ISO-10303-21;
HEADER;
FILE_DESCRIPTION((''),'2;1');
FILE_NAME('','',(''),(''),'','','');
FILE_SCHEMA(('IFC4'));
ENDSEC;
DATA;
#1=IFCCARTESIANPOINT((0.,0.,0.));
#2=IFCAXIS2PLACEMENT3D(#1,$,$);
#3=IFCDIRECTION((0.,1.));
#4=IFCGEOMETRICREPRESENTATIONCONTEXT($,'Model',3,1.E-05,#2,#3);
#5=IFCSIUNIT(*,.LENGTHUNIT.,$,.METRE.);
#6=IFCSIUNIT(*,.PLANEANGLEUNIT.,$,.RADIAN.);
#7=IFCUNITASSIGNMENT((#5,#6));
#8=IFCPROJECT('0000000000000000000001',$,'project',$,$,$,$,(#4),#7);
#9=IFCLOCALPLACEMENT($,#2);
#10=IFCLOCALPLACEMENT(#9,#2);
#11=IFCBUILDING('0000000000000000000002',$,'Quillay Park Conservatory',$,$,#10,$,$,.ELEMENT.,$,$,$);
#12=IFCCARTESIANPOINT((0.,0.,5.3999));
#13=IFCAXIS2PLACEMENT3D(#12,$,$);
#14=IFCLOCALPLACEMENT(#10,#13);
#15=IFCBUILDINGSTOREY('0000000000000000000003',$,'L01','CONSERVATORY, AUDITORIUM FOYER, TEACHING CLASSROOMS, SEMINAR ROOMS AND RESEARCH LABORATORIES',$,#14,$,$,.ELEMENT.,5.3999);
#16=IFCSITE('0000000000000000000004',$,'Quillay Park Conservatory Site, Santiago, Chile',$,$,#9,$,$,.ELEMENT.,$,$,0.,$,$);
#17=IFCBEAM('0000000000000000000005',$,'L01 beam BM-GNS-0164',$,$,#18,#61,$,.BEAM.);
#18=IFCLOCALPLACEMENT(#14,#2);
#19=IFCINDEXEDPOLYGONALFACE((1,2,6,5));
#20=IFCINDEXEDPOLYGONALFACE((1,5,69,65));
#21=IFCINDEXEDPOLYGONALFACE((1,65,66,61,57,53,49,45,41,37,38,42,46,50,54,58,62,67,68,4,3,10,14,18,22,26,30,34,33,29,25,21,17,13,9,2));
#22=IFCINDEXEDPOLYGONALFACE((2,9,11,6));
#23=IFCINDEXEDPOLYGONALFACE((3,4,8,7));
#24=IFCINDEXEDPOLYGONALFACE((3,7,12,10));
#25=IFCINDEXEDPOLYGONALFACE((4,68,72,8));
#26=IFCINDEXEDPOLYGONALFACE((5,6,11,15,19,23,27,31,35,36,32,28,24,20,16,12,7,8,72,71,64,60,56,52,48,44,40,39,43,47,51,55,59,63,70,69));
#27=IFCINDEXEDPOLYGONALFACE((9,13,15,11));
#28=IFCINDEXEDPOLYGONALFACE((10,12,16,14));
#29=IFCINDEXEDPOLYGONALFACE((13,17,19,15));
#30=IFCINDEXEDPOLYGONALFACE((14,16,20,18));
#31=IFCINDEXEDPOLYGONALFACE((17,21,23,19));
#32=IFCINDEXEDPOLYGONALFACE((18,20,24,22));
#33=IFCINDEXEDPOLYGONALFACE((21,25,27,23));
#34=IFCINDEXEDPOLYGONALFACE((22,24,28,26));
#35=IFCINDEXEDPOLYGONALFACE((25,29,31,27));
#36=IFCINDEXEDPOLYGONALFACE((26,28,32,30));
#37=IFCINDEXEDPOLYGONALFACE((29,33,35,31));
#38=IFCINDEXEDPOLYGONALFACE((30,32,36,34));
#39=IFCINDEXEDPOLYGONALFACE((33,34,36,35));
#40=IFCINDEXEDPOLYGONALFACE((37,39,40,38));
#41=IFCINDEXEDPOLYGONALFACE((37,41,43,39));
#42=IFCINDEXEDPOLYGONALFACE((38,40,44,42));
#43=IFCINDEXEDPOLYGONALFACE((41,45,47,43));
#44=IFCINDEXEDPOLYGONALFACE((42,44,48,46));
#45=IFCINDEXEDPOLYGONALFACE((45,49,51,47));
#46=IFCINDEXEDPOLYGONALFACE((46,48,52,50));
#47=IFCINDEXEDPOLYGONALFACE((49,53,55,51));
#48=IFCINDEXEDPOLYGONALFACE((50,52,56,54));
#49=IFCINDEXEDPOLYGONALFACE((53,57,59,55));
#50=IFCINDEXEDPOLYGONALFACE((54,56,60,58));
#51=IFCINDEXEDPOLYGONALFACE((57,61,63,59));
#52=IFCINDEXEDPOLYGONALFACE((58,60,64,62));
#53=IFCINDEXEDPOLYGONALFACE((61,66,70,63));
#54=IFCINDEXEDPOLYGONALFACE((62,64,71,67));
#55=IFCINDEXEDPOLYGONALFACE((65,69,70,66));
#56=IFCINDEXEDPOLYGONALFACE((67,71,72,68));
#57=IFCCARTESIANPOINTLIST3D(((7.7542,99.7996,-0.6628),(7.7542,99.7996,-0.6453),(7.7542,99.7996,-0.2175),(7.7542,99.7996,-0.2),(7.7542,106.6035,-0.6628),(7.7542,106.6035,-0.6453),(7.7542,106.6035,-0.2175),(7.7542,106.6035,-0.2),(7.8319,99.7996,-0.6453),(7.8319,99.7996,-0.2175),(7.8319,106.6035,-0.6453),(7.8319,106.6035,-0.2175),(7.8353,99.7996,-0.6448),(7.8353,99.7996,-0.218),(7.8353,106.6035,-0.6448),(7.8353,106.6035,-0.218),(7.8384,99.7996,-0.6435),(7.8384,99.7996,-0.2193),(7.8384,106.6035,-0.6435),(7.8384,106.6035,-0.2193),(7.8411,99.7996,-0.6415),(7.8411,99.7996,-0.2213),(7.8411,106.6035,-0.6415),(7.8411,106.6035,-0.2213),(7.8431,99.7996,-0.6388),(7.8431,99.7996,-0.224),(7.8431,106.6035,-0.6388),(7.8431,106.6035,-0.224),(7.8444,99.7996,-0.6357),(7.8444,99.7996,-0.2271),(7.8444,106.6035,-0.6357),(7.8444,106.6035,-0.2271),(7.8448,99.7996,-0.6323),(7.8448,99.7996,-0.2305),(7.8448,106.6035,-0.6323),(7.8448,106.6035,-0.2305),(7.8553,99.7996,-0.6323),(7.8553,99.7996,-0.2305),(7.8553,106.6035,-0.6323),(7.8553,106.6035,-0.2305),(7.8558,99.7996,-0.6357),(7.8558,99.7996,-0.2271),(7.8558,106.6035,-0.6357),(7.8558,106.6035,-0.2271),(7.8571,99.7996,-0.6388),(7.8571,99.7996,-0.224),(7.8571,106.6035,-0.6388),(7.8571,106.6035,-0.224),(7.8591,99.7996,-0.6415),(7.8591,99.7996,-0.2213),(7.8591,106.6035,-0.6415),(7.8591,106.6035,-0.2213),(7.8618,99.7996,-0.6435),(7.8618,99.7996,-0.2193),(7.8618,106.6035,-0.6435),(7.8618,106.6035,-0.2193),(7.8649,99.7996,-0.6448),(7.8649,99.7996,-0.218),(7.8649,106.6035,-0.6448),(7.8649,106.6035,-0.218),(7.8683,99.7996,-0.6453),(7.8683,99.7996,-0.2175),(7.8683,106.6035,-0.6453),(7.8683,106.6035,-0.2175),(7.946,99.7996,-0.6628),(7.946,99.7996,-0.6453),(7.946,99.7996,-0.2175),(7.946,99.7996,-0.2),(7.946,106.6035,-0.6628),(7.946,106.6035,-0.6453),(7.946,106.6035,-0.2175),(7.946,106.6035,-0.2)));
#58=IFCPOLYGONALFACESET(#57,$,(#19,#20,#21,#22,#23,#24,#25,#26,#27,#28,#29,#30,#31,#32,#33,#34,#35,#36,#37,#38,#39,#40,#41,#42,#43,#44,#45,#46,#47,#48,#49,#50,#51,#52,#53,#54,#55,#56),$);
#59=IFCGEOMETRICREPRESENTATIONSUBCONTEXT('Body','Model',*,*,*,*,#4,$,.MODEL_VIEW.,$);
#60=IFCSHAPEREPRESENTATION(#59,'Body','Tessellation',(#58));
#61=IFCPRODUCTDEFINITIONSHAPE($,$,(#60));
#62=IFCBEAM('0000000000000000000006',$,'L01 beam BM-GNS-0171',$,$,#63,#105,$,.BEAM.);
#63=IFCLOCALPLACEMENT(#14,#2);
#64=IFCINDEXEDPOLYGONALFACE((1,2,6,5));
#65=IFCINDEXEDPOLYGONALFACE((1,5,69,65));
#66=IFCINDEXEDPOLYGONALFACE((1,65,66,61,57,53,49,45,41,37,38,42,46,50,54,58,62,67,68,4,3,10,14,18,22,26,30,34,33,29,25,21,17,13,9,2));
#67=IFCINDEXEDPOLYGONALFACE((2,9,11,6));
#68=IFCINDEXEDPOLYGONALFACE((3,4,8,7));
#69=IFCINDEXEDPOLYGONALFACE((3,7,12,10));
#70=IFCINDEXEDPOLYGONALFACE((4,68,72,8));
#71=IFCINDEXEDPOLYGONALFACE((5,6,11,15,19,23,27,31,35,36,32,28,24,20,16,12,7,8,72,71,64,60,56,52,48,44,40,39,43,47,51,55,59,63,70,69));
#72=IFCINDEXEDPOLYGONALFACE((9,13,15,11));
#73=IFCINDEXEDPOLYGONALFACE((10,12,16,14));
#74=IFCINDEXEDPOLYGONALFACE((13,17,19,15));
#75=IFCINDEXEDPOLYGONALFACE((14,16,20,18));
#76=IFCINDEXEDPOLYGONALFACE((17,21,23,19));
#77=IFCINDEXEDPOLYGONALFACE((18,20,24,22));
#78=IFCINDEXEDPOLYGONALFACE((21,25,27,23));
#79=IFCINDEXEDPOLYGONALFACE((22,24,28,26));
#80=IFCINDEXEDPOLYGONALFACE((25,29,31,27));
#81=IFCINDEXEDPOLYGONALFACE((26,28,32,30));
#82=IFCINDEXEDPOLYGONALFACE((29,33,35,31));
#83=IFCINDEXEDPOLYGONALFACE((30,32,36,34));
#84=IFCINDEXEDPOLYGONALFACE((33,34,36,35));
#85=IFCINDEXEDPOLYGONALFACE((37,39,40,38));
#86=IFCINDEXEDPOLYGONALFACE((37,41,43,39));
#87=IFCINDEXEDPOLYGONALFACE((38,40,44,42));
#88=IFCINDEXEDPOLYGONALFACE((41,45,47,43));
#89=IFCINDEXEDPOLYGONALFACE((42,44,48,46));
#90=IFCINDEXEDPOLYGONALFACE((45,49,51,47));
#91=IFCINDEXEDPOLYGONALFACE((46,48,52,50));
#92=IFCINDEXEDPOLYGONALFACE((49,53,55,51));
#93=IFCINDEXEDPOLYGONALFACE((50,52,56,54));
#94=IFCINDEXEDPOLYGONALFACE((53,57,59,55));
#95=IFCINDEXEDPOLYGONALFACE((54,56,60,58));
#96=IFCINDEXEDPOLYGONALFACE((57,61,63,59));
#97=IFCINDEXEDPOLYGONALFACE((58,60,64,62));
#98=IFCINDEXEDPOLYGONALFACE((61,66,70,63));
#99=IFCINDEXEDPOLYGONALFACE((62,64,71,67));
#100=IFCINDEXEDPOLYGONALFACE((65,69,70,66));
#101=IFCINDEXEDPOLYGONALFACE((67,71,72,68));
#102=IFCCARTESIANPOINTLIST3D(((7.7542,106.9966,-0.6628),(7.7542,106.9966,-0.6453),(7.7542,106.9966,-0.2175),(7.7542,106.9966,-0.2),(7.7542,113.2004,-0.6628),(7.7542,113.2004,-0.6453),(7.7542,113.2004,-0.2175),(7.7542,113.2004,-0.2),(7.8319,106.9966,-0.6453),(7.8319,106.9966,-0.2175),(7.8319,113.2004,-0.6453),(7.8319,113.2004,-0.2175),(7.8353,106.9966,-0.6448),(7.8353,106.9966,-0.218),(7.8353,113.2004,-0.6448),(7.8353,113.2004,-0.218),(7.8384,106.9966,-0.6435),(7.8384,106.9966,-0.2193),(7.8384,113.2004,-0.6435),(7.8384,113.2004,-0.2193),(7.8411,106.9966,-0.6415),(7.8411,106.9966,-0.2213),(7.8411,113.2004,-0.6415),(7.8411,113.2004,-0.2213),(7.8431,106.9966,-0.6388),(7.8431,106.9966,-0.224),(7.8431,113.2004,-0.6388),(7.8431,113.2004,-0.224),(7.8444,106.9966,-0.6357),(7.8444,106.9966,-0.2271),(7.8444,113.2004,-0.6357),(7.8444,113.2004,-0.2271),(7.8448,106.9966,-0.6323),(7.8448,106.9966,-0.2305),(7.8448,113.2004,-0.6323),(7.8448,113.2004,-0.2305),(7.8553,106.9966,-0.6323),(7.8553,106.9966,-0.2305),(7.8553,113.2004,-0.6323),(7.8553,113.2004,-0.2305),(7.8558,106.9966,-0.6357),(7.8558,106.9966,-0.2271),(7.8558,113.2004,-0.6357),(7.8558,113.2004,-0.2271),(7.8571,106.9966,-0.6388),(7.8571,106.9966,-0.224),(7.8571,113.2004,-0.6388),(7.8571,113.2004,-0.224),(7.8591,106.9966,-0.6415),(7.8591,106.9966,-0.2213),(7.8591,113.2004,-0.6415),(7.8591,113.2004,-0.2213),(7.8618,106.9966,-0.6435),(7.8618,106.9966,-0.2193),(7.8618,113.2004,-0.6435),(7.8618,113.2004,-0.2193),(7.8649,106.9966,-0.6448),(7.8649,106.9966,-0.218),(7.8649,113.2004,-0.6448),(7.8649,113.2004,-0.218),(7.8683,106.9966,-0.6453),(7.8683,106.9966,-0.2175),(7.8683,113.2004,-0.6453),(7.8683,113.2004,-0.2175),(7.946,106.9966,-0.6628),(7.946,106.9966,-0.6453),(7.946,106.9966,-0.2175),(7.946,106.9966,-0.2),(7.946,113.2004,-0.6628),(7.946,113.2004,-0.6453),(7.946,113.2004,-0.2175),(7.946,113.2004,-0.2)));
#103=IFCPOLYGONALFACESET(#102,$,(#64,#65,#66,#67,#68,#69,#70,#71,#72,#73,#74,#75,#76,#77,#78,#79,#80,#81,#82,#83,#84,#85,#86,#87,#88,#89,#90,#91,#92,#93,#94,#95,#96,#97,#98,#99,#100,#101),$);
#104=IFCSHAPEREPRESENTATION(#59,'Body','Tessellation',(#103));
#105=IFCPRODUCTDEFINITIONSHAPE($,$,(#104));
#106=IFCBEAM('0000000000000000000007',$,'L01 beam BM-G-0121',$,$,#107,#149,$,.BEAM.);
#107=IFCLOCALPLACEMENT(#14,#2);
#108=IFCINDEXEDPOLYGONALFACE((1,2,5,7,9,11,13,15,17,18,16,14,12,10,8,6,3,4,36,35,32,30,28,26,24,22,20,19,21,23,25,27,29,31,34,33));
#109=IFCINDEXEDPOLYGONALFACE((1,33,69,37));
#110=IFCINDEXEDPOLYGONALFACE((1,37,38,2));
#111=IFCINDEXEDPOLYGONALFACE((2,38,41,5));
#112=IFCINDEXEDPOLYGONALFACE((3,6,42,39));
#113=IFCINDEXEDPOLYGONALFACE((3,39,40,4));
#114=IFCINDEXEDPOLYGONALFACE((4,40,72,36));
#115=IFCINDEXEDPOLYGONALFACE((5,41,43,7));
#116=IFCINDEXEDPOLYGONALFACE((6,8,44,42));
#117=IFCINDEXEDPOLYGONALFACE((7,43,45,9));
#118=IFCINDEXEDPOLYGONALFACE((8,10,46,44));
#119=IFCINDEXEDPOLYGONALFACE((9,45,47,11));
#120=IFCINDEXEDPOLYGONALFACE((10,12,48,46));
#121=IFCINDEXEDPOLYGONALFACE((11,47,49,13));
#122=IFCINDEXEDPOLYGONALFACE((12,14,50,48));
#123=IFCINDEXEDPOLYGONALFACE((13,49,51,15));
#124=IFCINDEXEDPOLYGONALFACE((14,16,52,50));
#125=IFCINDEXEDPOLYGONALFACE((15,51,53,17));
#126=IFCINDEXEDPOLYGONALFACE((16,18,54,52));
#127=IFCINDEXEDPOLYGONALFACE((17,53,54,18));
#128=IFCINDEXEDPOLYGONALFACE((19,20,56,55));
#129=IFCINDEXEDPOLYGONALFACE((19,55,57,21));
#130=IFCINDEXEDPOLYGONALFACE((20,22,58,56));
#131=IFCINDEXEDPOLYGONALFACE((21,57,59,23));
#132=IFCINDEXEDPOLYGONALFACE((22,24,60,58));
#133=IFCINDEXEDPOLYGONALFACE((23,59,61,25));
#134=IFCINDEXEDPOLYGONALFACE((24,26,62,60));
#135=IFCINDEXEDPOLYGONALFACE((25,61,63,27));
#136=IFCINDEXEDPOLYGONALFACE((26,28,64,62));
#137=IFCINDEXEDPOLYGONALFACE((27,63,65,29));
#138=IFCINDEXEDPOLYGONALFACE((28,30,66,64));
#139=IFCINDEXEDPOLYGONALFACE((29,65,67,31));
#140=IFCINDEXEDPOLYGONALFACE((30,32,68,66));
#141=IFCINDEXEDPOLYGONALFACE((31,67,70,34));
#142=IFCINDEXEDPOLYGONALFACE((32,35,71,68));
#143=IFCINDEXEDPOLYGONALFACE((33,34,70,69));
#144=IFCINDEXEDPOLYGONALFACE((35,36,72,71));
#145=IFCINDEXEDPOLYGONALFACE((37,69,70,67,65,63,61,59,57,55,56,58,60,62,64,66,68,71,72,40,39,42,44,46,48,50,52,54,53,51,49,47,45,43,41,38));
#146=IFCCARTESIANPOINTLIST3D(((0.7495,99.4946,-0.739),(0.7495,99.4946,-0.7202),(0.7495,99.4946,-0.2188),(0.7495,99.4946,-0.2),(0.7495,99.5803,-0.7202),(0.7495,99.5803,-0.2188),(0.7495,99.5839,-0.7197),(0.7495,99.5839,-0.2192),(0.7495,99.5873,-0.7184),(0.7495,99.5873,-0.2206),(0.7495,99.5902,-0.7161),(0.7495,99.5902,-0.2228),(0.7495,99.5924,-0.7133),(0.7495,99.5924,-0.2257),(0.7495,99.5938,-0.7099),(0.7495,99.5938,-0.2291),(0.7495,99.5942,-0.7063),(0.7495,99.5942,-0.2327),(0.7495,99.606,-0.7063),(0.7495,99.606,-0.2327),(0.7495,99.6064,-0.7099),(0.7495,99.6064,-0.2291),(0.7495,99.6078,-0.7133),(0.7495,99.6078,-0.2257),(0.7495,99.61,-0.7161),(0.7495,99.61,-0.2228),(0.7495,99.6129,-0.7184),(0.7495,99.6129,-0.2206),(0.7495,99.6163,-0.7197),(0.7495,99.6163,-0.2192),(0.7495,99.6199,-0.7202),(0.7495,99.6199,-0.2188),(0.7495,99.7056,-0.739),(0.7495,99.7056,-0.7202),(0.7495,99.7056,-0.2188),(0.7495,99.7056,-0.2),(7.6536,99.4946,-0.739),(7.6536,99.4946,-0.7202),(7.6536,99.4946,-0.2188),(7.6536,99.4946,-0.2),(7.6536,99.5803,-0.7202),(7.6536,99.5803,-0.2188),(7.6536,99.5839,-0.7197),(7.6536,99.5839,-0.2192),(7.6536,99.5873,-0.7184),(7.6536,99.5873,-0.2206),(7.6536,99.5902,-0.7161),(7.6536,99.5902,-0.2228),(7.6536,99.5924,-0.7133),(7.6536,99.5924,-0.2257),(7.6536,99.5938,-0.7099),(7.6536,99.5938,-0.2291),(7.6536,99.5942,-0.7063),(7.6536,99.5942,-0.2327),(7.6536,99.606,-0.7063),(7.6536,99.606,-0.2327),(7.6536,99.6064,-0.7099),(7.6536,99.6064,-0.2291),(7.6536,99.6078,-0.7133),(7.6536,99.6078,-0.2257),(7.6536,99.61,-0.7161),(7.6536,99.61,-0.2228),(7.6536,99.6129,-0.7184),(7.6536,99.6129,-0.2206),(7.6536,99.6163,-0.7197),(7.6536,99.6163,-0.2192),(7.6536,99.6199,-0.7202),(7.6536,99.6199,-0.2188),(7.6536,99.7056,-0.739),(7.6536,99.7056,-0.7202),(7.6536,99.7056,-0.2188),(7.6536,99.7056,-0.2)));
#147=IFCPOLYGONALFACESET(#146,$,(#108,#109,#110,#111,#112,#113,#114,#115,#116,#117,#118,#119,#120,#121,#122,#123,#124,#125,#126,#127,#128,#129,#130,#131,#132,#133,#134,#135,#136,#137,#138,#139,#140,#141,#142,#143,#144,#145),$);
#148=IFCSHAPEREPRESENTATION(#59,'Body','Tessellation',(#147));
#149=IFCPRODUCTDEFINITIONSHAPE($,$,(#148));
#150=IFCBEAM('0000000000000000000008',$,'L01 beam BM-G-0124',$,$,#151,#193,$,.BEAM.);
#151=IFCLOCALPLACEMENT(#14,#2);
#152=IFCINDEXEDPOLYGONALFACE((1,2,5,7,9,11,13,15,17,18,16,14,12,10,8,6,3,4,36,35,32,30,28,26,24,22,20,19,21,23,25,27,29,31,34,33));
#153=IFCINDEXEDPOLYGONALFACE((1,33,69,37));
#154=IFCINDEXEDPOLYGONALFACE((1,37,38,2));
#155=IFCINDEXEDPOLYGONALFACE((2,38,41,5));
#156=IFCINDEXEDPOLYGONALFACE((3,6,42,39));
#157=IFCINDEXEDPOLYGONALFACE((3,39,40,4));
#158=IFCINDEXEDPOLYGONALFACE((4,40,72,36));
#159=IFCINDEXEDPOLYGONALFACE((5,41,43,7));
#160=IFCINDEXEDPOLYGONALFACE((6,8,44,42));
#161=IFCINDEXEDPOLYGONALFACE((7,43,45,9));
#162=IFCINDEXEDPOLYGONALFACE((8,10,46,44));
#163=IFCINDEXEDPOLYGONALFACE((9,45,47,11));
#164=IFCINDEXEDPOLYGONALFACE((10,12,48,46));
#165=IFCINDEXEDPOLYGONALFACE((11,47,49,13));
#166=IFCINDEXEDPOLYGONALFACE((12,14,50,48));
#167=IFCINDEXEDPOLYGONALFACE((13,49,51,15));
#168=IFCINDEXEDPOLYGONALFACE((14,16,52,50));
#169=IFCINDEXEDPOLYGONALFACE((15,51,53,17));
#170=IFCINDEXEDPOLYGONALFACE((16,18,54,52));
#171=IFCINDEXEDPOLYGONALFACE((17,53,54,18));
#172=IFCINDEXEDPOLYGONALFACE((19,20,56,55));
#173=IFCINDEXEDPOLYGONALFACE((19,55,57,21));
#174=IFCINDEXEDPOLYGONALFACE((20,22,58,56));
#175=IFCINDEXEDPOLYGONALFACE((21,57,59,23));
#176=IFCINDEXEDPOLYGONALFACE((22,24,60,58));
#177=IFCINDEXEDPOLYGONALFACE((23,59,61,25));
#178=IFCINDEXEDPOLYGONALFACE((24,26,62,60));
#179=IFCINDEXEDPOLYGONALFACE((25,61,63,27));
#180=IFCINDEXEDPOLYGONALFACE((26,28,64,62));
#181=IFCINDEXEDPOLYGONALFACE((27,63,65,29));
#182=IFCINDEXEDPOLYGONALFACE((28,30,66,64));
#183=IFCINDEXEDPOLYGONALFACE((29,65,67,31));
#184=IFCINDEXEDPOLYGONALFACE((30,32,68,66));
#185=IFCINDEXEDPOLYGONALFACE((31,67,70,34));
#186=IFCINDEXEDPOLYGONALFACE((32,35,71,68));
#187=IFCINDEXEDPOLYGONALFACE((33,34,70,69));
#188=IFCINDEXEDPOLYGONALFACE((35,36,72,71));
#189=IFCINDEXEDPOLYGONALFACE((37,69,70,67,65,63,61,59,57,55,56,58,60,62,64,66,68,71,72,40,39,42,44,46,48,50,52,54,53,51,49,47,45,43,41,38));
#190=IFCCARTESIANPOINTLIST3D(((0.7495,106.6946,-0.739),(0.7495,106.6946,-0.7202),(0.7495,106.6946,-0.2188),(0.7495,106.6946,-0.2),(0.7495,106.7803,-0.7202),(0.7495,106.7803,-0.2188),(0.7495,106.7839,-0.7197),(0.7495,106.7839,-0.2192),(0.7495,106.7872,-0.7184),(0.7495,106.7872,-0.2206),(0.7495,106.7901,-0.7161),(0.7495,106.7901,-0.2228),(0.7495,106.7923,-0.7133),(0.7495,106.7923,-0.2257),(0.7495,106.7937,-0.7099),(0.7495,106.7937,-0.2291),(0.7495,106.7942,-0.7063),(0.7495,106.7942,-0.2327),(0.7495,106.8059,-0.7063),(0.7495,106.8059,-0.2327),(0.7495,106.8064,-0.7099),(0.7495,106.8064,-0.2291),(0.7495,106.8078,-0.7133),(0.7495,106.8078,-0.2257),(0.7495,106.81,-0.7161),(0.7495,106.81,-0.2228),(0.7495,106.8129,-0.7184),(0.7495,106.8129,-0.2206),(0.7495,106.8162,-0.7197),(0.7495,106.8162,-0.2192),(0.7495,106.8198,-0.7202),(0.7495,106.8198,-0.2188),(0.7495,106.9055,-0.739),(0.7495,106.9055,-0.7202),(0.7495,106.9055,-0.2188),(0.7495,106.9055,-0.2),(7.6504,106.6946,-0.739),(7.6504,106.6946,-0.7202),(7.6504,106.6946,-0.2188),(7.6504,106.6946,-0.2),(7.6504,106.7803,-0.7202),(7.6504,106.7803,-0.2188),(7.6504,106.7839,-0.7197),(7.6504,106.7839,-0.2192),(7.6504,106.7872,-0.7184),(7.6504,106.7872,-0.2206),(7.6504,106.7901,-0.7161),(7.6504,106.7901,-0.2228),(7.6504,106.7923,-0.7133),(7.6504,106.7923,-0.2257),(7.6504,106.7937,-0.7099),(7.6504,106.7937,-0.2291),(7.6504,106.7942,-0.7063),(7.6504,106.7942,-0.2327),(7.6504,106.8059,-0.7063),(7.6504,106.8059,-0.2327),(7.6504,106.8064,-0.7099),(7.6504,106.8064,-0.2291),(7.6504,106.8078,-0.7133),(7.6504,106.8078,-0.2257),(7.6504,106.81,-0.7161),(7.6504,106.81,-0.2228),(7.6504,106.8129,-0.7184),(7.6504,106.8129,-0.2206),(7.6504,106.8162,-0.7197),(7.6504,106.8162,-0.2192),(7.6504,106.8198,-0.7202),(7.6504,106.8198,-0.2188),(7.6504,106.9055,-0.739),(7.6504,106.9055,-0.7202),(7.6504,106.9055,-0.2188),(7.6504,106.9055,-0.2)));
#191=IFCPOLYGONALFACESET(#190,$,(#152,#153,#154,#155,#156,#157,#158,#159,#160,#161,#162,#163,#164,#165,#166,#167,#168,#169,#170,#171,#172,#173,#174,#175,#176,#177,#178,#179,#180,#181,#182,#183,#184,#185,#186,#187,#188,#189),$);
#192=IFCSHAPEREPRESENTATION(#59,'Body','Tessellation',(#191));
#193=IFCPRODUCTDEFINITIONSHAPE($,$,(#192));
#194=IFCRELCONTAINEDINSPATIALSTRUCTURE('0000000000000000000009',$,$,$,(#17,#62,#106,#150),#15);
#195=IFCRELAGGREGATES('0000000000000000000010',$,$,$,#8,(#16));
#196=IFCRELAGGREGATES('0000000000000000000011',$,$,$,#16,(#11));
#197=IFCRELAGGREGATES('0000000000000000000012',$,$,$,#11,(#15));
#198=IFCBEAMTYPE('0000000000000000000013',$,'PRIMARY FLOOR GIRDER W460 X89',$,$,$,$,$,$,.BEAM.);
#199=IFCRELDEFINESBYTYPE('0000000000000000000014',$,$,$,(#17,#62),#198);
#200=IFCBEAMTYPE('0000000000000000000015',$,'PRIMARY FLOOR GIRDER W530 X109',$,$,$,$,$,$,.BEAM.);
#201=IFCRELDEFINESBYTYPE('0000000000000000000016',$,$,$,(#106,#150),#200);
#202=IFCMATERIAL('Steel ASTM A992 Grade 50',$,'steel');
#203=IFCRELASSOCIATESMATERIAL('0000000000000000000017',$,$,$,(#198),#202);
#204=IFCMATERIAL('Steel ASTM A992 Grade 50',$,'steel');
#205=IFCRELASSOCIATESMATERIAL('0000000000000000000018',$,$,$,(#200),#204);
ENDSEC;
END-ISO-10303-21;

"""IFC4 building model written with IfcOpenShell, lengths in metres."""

from ifc_helpers import new_model, si_unit, direction, frame, origin, origin_2d, place, context, subcontext, project, spatial, i_section, extrude, material, material_profile, profile_set, type_object, element, save


model = new_model("IFC4")

# Units and contexts
model_context = context("Model", 3, precision=1e-05, world=origin(), true_north=direction((0.0, 1.0)))
body_context = subcontext(model_context, "Body", "Model", "MODEL_VIEW")
ifc_project = project(units=[si_unit("LENGTHUNIT", "METRE"), si_unit("PLANEANGLEUNIT", "RADIAN")], contexts=[model_context])

# Site, building, storey
site_placement = place(None, origin())
site = spatial("IfcSite", under=ifc_project, at=site_placement, Name="Quillay Park Conservatory Site, Santiago, Chile", CompositionType="ELEMENT", RefElevation=0.0)
building_placement = place(site_placement, origin())
building = spatial("IfcBuilding", under=site, at=building_placement, Name="Quillay Park Conservatory", CompositionType="ELEMENT")
storey_placement = place(building_placement, frame((0.0, 0.0, 5.3999)))
storey = spatial("IfcBuildingStorey", under=building, at=storey_placement, Name="L01", Description="CONSERVATORY, AUDITORIUM FOYER, TEACHING CLASSROOMS, SEMINAR ROOMS AND RESEARCH LABORATORIES", CompositionType="ELEMENT", Elevation=5.3999)

# Beams
ifc_material_1 = material(Name="Steel ASTM A992 Grade 50", Category="steel")
ifc_material_profile_1 = material_profile(ifc_material_1, i_section(OverallWidth=0.1919, OverallDepth=0.4629, WebThickness=0.0105, FlangeThickness=0.0176, FilletRadius=0.0129, at=origin_2d()), Name="W460x89")
ifc_profile_set_1 = profile_set([ifc_material_profile_1], Name="Steel ASTM A992 Grade 50")
beam_type_1 = type_object("IfcBeamType", Name="PRIMARY FLOOR GIRDER W460 X89", PredefinedType="BEAM", material=ifc_profile_set_1)
beam_1_placement = place(storey_placement, frame((7.8501, 99.7996, -0.4314), z_axis=(0.0, 1.0, 0.0), x_axis=(-1.0, 0.0, 0.0)))
element("IfcBeam", 1, at=beam_1_placement, inside=storey, type_object=beam_type_1, Name="L01 beam BM-GNS-0164", PredefinedType="BEAM", context=body_context, shape_type="SweptSolid", body=[
    extrude(i_section(OverallWidth=0.1919, OverallDepth=0.4629, WebThickness=0.0105, FlangeThickness=0.0176, FilletRadius=0.0129, at=origin_2d()), origin(), (0.0, 0.0, 1.0), 6.804),
])
beam_2_placement = place(storey_placement, frame((7.8501, 106.9966, -0.4314), z_axis=(0.0, 1.0, 0.0), x_axis=(-1.0, 0.0, 0.0)))
element("IfcBeam", 2, at=beam_2_placement, inside=storey, type_object=beam_type_1, Name="L01 beam BM-GNS-0171", PredefinedType="BEAM", context=body_context, shape_type="SweptSolid", body=[
    extrude(i_section(OverallWidth=0.1919, OverallDepth=0.4629, WebThickness=0.0105, FlangeThickness=0.0176, FilletRadius=0.0129, at=origin_2d()), origin(), (0.0, 0.0, 1.0), 6.2039),
])
ifc_material_2 = material(Name="Steel ASTM A992 Grade 50", Category="steel")
ifc_material_profile_2 = material_profile(ifc_material_2, i_section(OverallWidth=0.2109, OverallDepth=0.5391, WebThickness=0.0117, FlangeThickness=0.0188, FilletRadius=0.0139, at=origin_2d()), Name="W530x109")
ifc_profile_set_2 = profile_set([ifc_material_profile_2], Name="Steel ASTM A992 Grade 50")
beam_type_2 = type_object("IfcBeamType", Name="PRIMARY FLOOR GIRDER W530 X109", PredefinedType="BEAM", material=ifc_profile_set_2)
beam_3_placement = place(storey_placement, frame((0.7495, 99.6001, -0.4695), z_axis=(1.0, 0.0, 0.0), x_axis=(0.0, 1.0, 0.0)))
element("IfcBeam", 3, at=beam_3_placement, inside=storey, type_object=beam_type_2, Name="L01 beam BM-G-0121", PredefinedType="BEAM", context=body_context, shape_type="SweptSolid", body=[
    extrude(i_section(OverallWidth=0.2109, OverallDepth=0.5391, WebThickness=0.0117, FlangeThickness=0.0188, FilletRadius=0.0139, at=origin_2d()), origin(), (0.0, 0.0, 1.0), 6.9041),
])
beam_4_placement = place(storey_placement, frame((0.7495, 106.8, -0.4695), z_axis=(1.0, 0.0, 0.0), x_axis=(0.0, 1.0, 0.0)))
element("IfcBeam", 4, at=beam_4_placement, inside=storey, type_object=beam_type_2, Name="L01 beam BM-G-0124", PredefinedType="BEAM", context=body_context, shape_type="SweptSolid", body=[
    extrude(i_section(OverallWidth=0.2109, OverallDepth=0.5391, WebThickness=0.0117, FlangeThickness=0.0188, FilletRadius=0.0139, at=origin_2d()), origin(), (0.0, 0.0, 1.0), 6.9009),
])

save(model, "model.ifc")
